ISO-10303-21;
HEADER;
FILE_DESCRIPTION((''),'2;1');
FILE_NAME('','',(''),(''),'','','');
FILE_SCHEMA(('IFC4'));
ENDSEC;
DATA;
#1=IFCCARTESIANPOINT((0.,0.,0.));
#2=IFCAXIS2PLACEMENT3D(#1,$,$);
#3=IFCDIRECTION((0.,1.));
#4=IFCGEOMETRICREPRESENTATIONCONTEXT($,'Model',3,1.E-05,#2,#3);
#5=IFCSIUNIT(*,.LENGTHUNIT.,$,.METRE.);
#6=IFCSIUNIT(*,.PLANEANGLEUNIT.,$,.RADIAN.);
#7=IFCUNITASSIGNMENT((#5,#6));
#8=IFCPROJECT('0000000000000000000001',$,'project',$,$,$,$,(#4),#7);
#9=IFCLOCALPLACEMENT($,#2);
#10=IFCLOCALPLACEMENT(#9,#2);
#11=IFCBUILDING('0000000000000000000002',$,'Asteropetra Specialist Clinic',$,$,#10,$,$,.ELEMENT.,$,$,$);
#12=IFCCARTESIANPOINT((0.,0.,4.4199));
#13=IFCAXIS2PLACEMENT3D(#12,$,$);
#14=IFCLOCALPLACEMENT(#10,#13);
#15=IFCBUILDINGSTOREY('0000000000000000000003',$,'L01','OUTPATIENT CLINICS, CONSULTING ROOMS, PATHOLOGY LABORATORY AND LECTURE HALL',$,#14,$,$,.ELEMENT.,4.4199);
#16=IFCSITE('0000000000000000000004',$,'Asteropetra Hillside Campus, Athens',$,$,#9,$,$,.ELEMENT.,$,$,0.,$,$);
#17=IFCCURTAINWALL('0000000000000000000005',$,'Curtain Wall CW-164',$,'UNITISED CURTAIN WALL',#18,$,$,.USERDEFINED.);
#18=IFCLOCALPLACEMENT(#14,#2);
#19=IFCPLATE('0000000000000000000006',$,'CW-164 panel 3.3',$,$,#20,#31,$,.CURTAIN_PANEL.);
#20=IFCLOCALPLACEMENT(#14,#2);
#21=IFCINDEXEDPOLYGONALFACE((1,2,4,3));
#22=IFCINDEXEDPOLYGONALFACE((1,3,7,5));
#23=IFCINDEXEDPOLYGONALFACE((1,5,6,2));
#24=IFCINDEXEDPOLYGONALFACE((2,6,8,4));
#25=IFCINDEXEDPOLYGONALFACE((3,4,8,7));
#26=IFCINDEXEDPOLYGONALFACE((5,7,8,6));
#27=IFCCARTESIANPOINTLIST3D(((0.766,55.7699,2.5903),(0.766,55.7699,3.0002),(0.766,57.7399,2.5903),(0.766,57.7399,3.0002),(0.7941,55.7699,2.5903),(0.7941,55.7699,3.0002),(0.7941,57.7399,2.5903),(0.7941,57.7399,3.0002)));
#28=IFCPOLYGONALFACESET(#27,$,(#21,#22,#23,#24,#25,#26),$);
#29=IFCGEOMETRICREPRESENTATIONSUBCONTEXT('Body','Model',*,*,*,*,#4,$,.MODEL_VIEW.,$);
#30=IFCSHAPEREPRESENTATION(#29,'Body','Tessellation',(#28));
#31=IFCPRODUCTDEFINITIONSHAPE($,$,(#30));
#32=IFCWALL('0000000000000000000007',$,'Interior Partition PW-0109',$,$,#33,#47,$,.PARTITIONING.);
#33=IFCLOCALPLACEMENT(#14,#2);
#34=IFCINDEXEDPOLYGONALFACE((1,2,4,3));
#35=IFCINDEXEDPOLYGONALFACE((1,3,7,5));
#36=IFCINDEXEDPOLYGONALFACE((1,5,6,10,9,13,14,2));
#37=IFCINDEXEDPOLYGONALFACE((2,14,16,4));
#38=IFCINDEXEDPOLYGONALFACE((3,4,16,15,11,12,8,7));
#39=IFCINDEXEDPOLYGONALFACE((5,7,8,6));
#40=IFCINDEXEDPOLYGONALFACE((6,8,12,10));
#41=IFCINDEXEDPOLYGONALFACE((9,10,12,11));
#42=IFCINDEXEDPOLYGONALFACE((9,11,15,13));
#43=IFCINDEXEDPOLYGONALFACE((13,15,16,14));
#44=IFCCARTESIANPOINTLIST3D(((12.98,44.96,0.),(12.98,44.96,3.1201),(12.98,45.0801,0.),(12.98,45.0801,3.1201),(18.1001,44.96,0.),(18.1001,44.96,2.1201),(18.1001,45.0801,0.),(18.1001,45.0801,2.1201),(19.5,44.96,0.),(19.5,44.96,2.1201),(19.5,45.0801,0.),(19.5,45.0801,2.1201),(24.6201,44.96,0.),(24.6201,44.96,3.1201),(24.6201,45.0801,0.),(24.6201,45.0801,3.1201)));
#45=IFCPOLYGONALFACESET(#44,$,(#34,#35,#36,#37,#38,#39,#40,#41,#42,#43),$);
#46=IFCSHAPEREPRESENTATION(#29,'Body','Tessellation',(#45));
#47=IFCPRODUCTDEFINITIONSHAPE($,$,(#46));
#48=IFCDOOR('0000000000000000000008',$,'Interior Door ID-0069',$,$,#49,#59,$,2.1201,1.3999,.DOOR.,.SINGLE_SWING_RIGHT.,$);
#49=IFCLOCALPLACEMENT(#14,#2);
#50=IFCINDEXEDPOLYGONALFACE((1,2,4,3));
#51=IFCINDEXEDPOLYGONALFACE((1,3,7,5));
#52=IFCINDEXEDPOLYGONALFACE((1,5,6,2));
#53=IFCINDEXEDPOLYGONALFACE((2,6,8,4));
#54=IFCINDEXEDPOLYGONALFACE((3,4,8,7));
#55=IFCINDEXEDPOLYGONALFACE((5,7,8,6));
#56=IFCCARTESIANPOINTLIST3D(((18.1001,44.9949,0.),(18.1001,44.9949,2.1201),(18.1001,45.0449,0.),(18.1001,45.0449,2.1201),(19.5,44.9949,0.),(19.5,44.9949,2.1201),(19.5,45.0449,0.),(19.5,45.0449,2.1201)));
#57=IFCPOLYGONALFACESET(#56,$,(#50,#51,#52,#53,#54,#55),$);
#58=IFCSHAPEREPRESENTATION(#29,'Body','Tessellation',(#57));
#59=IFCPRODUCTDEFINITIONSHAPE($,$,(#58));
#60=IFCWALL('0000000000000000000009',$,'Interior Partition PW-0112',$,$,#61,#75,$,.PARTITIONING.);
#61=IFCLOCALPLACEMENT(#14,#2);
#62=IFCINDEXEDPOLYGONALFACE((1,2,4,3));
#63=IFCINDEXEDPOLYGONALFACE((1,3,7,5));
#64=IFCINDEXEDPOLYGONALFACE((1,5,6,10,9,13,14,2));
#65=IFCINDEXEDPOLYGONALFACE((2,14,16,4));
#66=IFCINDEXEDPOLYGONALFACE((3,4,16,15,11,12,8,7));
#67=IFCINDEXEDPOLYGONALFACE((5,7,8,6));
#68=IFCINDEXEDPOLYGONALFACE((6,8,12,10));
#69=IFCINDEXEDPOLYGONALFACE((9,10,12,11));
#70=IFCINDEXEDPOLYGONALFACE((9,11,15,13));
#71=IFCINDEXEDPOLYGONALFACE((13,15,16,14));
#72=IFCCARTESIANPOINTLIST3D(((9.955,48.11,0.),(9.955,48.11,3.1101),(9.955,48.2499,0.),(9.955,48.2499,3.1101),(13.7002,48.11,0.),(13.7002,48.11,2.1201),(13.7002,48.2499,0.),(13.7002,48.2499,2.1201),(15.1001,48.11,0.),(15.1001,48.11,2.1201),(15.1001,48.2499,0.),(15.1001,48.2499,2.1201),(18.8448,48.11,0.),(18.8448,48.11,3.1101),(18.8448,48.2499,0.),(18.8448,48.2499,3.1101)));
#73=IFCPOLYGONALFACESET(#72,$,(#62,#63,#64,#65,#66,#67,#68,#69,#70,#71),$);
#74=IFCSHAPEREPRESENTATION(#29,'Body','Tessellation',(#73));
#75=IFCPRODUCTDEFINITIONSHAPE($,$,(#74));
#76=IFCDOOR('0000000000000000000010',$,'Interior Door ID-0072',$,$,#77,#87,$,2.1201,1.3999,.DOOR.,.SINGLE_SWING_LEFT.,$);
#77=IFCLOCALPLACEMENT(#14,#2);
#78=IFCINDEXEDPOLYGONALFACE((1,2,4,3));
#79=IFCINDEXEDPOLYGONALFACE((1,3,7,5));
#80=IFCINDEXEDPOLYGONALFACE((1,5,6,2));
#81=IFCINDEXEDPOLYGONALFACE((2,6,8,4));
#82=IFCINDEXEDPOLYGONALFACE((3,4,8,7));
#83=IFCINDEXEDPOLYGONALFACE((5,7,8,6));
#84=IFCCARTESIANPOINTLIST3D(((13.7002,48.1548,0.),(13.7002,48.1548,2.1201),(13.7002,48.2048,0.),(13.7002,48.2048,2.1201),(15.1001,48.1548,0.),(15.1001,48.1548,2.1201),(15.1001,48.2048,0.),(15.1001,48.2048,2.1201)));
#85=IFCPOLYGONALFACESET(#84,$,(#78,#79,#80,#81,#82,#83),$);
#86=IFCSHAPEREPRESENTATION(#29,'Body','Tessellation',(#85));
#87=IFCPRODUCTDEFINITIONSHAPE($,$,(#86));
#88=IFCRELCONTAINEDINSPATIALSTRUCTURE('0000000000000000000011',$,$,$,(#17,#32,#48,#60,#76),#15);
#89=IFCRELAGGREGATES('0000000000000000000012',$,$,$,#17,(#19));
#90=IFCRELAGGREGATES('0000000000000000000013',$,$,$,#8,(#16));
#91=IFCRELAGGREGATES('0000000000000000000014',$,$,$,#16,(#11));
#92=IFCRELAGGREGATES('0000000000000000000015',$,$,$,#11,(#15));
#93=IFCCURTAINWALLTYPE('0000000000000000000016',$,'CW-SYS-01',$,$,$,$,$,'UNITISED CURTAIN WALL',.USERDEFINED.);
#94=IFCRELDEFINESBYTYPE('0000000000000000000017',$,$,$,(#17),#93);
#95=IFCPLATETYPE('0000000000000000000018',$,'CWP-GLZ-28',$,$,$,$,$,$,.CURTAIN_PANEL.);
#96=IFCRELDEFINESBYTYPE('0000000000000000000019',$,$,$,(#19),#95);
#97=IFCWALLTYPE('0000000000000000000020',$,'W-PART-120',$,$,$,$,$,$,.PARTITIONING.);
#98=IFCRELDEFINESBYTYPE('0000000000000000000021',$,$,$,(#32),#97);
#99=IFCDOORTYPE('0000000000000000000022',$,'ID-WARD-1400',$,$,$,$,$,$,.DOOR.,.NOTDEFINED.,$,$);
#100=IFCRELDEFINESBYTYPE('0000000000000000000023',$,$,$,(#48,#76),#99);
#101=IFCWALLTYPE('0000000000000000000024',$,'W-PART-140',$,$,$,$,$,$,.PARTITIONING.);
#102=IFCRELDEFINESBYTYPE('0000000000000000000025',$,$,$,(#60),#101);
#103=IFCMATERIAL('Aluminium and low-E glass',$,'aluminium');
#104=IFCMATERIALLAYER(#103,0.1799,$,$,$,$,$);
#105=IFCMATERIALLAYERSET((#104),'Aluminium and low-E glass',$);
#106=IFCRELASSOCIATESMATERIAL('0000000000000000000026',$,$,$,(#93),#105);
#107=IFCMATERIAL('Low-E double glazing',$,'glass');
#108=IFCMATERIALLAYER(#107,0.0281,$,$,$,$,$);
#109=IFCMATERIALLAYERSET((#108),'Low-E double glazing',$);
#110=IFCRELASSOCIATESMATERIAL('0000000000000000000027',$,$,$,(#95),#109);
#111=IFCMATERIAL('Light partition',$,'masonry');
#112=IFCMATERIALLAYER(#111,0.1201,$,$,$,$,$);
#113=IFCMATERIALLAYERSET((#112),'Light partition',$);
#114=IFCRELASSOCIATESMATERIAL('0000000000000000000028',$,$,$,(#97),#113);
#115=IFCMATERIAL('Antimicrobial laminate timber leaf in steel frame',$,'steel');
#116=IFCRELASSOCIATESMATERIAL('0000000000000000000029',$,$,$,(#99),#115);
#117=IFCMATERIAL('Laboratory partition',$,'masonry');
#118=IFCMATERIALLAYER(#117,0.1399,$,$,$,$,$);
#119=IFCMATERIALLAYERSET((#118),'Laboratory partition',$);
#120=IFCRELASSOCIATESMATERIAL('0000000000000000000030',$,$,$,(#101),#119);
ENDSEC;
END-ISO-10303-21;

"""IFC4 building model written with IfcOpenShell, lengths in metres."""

from ifc_helpers import new_model, si_unit, direction, frame, frame_2d, origin, origin_2d, place, context, subcontext, project, spatial, rectangle, extrude, material, layer, layer_set, type_object, element, fill, aggregate, save


model = new_model("IFC4")

# Units and contexts
model_context = context("Model", 3, precision=1e-05, world=origin(), true_north=direction((0.0, 1.0)))
body_context = subcontext(model_context, "Body", "Model", "MODEL_VIEW")
ifc_project = project(units=[si_unit("LENGTHUNIT", "METRE"), si_unit("PLANEANGLEUNIT", "RADIAN")], contexts=[model_context])

# Site, building, storey
site_placement = place(None, origin())
site = spatial("IfcSite", under=ifc_project, at=site_placement, Name="Asteropetra Hillside Campus, Athens", CompositionType="ELEMENT", RefElevation=0.0)
building_placement = place(site_placement, origin())
building = spatial("IfcBuilding", under=site, at=building_placement, Name="Asteropetra Specialist Clinic", CompositionType="ELEMENT")
storey_placement = place(building_placement, frame((0.0, 0.0, 4.4199)))
storey = spatial("IfcBuildingStorey", under=building, at=storey_placement, Name="L01", Description="OUTPATIENT CLINICS, CONSULTING ROOMS, PATHOLOGY LABORATORY AND LECTURE HALL", CompositionType="ELEMENT", Elevation=4.4199)

# Curtain wall
ifc_material_1 = material(Name="Aluminium and low-E glass", Category="aluminium")
ifc_layer_1 = layer(ifc_material_1, 0.1799)
ifc_layer_set_1 = layer_set([ifc_layer_1], Name="Aluminium and low-E glass")
curtain_wall_type = type_object("IfcCurtainWallType", Name="CW-SYS-01", ElementType="UNITISED CURTAIN WALL", PredefinedType="USERDEFINED", material=ifc_layer_set_1)
curtain_wall_placement = place(storey_placement, origin())
curtain_wall = element("IfcCurtainWall", 1, at=curtain_wall_placement, inside=storey, type_object=curtain_wall_type, Name="Curtain Wall CW-164", ObjectType="UNITISED CURTAIN WALL", PredefinedType="USERDEFINED")

# Plate
ifc_material_2 = material(Name="Low-E double glazing", Category="glass")
ifc_layer_2 = layer(ifc_material_2, 0.0281)
ifc_layer_set_2 = layer_set([ifc_layer_2], Name="Low-E double glazing")
plate_type = type_object("IfcPlateType", Name="CWP-GLZ-28", PredefinedType="CURTAIN_PANEL", material=ifc_layer_set_2)
plate_placement = place(storey_placement, frame((0.78, 56.7549, 2.5903), z_axis=(0.0, 0.0, 1.0), x_axis=(0.0, -1.0, 0.0)))
plate = element("IfcPlate", 2, at=plate_placement, type_object=plate_type, Name="CW-164 panel 3.3", PredefinedType="CURTAIN_PANEL", context=body_context, shape_type="SweptSolid", body=[
    extrude(rectangle(XDim=1.97, YDim=0.0281, at=origin_2d()), origin(), (0.0, 0.0, 1.0), 0.4099),
])
aggregate(curtain_wall, [plate])

# Walls, openings, doors
ifc_material_3 = material(Name="Light partition", Category="masonry")
ifc_layer_3 = layer(ifc_material_3, 0.1201)
ifc_layer_set_3 = layer_set([ifc_layer_3], Name="Light partition")
wall_type_1 = type_object("IfcWallType", Name="W-PART-120", PredefinedType="PARTITIONING", material=ifc_layer_set_3)
wall_1_placement = place(storey_placement, frame((12.98, 45.02, 0.0), z_axis=(0.0, 0.0, 1.0), x_axis=(1.0, 0.0, 0.0)))
wall_1 = element("IfcWall", 3, at=wall_1_placement, inside=storey, type_object=wall_type_1, Name="Interior Partition PW-0109", PredefinedType="PARTITIONING", context=body_context, shape_type="SweptSolid", body=[
    extrude(rectangle(XDim=11.6401, YDim=0.1201, at=frame_2d((5.8201, 0.0))), origin(), (0.0, 0.0, 1.0), 3.1201),
])
opening_1_placement = place(wall_1_placement, frame((5.1201, 0.0, 0.0)))
opening_1 = element("IfcOpeningElement", 4, at=opening_1_placement, cuts=wall_1, PredefinedType="OPENING", context=body_context, shape_type="SweptSolid", body=[
    extrude(rectangle(XDim=1.3999, YDim=2.1201, at=frame_2d((0.7, 1.0601))), frame((0.0, 0.0701, 0.0), z_axis=(0.0, -1.0, 0.0), x_axis=(1.0, 0.0, 0.0)), (0.0, 0.0, 1.0), 0.1401),
])
ifc_material_4 = material(Name="Antimicrobial laminate timber leaf in steel frame", Category="steel")
door_type = type_object("IfcDoorType", Name="ID-WARD-1400", OperationType="NOTDEFINED", PredefinedType="DOOR", material=ifc_material_4)
door_1_placement = place(opening_1_placement, origin())
door_1 = element("IfcDoor", 5, at=door_1_placement, inside=storey, type_object=door_type, Name="Interior Door ID-0069", OperationType="SINGLE_SWING_RIGHT", OverallHeight=2.1201, OverallWidth=1.3999, PredefinedType="DOOR", context=body_context, shape_type="SweptSolid", body=[
    extrude(rectangle(XDim=1.3999, YDim=2.1201, at=frame_2d((0.7, 1.0601))), frame((0.0, 0.0249, 0.0), z_axis=(0.0, -1.0, 0.0), x_axis=(1.0, 0.0, 0.0)), (0.0, 0.0, 1.0), 0.05),
])
fill(opening_1, door_1)
ifc_material_5 = material(Name="Laboratory partition", Category="masonry")
ifc_layer_4 = layer(ifc_material_5, 0.1399)
ifc_layer_set_4 = layer_set([ifc_layer_4], Name="Laboratory partition")
wall_type_2 = type_object("IfcWallType", Name="W-PART-140", PredefinedType="PARTITIONING", material=ifc_layer_set_4)
wall_2_placement = place(storey_placement, frame((9.9551, 48.1799, 0.0), z_axis=(0.0, 0.0, 1.0), x_axis=(1.0, 0.0, 0.0)))
wall_2 = element("IfcWall", 6, at=wall_2_placement, inside=storey, type_object=wall_type_2, Name="Interior Partition PW-0112", PredefinedType="PARTITIONING", context=body_context, shape_type="SweptSolid", body=[
    extrude(rectangle(XDim=8.8899, YDim=0.1399, at=frame_2d((4.4448, 0.0))), origin(), (0.0, 0.0, 1.0), 3.1101),
])
opening_2_placement = place(wall_2_placement, frame((3.7451, 0.0, 0.0)))
opening_2 = element("IfcOpeningElement", 7, at=opening_2_placement, cuts=wall_2, PredefinedType="OPENING", context=body_context, shape_type="SweptSolid", body=[
    extrude(rectangle(XDim=1.3999, YDim=2.1201, at=frame_2d((0.7, 1.0601))), frame((0.0, 0.0798, 0.0), z_axis=(0.0, -1.0, 0.0), x_axis=(1.0, 0.0, 0.0)), (0.0, 0.0, 1.0), 0.1599),
])
door_2_placement = place(opening_2_placement, origin())
door_2 = element("IfcDoor", 8, at=door_2_placement, inside=storey, type_object=door_type, Name="Interior Door ID-0072", OperationType="SINGLE_SWING_LEFT", OverallHeight=2.1201, OverallWidth=1.3999, PredefinedType="DOOR", context=body_context, shape_type="SweptSolid", body=[
    extrude(rectangle(XDim=1.3999, YDim=2.1201, at=frame_2d((0.7, 1.0601))), frame((0.0, 0.0249, 0.0), z_axis=(0.0, -1.0, 0.0), x_axis=(1.0, 0.0, 0.0)), (0.0, 0.0, 1.0), 0.05),
])
fill(opening_2, door_2)

save(model, "model.ifc")
